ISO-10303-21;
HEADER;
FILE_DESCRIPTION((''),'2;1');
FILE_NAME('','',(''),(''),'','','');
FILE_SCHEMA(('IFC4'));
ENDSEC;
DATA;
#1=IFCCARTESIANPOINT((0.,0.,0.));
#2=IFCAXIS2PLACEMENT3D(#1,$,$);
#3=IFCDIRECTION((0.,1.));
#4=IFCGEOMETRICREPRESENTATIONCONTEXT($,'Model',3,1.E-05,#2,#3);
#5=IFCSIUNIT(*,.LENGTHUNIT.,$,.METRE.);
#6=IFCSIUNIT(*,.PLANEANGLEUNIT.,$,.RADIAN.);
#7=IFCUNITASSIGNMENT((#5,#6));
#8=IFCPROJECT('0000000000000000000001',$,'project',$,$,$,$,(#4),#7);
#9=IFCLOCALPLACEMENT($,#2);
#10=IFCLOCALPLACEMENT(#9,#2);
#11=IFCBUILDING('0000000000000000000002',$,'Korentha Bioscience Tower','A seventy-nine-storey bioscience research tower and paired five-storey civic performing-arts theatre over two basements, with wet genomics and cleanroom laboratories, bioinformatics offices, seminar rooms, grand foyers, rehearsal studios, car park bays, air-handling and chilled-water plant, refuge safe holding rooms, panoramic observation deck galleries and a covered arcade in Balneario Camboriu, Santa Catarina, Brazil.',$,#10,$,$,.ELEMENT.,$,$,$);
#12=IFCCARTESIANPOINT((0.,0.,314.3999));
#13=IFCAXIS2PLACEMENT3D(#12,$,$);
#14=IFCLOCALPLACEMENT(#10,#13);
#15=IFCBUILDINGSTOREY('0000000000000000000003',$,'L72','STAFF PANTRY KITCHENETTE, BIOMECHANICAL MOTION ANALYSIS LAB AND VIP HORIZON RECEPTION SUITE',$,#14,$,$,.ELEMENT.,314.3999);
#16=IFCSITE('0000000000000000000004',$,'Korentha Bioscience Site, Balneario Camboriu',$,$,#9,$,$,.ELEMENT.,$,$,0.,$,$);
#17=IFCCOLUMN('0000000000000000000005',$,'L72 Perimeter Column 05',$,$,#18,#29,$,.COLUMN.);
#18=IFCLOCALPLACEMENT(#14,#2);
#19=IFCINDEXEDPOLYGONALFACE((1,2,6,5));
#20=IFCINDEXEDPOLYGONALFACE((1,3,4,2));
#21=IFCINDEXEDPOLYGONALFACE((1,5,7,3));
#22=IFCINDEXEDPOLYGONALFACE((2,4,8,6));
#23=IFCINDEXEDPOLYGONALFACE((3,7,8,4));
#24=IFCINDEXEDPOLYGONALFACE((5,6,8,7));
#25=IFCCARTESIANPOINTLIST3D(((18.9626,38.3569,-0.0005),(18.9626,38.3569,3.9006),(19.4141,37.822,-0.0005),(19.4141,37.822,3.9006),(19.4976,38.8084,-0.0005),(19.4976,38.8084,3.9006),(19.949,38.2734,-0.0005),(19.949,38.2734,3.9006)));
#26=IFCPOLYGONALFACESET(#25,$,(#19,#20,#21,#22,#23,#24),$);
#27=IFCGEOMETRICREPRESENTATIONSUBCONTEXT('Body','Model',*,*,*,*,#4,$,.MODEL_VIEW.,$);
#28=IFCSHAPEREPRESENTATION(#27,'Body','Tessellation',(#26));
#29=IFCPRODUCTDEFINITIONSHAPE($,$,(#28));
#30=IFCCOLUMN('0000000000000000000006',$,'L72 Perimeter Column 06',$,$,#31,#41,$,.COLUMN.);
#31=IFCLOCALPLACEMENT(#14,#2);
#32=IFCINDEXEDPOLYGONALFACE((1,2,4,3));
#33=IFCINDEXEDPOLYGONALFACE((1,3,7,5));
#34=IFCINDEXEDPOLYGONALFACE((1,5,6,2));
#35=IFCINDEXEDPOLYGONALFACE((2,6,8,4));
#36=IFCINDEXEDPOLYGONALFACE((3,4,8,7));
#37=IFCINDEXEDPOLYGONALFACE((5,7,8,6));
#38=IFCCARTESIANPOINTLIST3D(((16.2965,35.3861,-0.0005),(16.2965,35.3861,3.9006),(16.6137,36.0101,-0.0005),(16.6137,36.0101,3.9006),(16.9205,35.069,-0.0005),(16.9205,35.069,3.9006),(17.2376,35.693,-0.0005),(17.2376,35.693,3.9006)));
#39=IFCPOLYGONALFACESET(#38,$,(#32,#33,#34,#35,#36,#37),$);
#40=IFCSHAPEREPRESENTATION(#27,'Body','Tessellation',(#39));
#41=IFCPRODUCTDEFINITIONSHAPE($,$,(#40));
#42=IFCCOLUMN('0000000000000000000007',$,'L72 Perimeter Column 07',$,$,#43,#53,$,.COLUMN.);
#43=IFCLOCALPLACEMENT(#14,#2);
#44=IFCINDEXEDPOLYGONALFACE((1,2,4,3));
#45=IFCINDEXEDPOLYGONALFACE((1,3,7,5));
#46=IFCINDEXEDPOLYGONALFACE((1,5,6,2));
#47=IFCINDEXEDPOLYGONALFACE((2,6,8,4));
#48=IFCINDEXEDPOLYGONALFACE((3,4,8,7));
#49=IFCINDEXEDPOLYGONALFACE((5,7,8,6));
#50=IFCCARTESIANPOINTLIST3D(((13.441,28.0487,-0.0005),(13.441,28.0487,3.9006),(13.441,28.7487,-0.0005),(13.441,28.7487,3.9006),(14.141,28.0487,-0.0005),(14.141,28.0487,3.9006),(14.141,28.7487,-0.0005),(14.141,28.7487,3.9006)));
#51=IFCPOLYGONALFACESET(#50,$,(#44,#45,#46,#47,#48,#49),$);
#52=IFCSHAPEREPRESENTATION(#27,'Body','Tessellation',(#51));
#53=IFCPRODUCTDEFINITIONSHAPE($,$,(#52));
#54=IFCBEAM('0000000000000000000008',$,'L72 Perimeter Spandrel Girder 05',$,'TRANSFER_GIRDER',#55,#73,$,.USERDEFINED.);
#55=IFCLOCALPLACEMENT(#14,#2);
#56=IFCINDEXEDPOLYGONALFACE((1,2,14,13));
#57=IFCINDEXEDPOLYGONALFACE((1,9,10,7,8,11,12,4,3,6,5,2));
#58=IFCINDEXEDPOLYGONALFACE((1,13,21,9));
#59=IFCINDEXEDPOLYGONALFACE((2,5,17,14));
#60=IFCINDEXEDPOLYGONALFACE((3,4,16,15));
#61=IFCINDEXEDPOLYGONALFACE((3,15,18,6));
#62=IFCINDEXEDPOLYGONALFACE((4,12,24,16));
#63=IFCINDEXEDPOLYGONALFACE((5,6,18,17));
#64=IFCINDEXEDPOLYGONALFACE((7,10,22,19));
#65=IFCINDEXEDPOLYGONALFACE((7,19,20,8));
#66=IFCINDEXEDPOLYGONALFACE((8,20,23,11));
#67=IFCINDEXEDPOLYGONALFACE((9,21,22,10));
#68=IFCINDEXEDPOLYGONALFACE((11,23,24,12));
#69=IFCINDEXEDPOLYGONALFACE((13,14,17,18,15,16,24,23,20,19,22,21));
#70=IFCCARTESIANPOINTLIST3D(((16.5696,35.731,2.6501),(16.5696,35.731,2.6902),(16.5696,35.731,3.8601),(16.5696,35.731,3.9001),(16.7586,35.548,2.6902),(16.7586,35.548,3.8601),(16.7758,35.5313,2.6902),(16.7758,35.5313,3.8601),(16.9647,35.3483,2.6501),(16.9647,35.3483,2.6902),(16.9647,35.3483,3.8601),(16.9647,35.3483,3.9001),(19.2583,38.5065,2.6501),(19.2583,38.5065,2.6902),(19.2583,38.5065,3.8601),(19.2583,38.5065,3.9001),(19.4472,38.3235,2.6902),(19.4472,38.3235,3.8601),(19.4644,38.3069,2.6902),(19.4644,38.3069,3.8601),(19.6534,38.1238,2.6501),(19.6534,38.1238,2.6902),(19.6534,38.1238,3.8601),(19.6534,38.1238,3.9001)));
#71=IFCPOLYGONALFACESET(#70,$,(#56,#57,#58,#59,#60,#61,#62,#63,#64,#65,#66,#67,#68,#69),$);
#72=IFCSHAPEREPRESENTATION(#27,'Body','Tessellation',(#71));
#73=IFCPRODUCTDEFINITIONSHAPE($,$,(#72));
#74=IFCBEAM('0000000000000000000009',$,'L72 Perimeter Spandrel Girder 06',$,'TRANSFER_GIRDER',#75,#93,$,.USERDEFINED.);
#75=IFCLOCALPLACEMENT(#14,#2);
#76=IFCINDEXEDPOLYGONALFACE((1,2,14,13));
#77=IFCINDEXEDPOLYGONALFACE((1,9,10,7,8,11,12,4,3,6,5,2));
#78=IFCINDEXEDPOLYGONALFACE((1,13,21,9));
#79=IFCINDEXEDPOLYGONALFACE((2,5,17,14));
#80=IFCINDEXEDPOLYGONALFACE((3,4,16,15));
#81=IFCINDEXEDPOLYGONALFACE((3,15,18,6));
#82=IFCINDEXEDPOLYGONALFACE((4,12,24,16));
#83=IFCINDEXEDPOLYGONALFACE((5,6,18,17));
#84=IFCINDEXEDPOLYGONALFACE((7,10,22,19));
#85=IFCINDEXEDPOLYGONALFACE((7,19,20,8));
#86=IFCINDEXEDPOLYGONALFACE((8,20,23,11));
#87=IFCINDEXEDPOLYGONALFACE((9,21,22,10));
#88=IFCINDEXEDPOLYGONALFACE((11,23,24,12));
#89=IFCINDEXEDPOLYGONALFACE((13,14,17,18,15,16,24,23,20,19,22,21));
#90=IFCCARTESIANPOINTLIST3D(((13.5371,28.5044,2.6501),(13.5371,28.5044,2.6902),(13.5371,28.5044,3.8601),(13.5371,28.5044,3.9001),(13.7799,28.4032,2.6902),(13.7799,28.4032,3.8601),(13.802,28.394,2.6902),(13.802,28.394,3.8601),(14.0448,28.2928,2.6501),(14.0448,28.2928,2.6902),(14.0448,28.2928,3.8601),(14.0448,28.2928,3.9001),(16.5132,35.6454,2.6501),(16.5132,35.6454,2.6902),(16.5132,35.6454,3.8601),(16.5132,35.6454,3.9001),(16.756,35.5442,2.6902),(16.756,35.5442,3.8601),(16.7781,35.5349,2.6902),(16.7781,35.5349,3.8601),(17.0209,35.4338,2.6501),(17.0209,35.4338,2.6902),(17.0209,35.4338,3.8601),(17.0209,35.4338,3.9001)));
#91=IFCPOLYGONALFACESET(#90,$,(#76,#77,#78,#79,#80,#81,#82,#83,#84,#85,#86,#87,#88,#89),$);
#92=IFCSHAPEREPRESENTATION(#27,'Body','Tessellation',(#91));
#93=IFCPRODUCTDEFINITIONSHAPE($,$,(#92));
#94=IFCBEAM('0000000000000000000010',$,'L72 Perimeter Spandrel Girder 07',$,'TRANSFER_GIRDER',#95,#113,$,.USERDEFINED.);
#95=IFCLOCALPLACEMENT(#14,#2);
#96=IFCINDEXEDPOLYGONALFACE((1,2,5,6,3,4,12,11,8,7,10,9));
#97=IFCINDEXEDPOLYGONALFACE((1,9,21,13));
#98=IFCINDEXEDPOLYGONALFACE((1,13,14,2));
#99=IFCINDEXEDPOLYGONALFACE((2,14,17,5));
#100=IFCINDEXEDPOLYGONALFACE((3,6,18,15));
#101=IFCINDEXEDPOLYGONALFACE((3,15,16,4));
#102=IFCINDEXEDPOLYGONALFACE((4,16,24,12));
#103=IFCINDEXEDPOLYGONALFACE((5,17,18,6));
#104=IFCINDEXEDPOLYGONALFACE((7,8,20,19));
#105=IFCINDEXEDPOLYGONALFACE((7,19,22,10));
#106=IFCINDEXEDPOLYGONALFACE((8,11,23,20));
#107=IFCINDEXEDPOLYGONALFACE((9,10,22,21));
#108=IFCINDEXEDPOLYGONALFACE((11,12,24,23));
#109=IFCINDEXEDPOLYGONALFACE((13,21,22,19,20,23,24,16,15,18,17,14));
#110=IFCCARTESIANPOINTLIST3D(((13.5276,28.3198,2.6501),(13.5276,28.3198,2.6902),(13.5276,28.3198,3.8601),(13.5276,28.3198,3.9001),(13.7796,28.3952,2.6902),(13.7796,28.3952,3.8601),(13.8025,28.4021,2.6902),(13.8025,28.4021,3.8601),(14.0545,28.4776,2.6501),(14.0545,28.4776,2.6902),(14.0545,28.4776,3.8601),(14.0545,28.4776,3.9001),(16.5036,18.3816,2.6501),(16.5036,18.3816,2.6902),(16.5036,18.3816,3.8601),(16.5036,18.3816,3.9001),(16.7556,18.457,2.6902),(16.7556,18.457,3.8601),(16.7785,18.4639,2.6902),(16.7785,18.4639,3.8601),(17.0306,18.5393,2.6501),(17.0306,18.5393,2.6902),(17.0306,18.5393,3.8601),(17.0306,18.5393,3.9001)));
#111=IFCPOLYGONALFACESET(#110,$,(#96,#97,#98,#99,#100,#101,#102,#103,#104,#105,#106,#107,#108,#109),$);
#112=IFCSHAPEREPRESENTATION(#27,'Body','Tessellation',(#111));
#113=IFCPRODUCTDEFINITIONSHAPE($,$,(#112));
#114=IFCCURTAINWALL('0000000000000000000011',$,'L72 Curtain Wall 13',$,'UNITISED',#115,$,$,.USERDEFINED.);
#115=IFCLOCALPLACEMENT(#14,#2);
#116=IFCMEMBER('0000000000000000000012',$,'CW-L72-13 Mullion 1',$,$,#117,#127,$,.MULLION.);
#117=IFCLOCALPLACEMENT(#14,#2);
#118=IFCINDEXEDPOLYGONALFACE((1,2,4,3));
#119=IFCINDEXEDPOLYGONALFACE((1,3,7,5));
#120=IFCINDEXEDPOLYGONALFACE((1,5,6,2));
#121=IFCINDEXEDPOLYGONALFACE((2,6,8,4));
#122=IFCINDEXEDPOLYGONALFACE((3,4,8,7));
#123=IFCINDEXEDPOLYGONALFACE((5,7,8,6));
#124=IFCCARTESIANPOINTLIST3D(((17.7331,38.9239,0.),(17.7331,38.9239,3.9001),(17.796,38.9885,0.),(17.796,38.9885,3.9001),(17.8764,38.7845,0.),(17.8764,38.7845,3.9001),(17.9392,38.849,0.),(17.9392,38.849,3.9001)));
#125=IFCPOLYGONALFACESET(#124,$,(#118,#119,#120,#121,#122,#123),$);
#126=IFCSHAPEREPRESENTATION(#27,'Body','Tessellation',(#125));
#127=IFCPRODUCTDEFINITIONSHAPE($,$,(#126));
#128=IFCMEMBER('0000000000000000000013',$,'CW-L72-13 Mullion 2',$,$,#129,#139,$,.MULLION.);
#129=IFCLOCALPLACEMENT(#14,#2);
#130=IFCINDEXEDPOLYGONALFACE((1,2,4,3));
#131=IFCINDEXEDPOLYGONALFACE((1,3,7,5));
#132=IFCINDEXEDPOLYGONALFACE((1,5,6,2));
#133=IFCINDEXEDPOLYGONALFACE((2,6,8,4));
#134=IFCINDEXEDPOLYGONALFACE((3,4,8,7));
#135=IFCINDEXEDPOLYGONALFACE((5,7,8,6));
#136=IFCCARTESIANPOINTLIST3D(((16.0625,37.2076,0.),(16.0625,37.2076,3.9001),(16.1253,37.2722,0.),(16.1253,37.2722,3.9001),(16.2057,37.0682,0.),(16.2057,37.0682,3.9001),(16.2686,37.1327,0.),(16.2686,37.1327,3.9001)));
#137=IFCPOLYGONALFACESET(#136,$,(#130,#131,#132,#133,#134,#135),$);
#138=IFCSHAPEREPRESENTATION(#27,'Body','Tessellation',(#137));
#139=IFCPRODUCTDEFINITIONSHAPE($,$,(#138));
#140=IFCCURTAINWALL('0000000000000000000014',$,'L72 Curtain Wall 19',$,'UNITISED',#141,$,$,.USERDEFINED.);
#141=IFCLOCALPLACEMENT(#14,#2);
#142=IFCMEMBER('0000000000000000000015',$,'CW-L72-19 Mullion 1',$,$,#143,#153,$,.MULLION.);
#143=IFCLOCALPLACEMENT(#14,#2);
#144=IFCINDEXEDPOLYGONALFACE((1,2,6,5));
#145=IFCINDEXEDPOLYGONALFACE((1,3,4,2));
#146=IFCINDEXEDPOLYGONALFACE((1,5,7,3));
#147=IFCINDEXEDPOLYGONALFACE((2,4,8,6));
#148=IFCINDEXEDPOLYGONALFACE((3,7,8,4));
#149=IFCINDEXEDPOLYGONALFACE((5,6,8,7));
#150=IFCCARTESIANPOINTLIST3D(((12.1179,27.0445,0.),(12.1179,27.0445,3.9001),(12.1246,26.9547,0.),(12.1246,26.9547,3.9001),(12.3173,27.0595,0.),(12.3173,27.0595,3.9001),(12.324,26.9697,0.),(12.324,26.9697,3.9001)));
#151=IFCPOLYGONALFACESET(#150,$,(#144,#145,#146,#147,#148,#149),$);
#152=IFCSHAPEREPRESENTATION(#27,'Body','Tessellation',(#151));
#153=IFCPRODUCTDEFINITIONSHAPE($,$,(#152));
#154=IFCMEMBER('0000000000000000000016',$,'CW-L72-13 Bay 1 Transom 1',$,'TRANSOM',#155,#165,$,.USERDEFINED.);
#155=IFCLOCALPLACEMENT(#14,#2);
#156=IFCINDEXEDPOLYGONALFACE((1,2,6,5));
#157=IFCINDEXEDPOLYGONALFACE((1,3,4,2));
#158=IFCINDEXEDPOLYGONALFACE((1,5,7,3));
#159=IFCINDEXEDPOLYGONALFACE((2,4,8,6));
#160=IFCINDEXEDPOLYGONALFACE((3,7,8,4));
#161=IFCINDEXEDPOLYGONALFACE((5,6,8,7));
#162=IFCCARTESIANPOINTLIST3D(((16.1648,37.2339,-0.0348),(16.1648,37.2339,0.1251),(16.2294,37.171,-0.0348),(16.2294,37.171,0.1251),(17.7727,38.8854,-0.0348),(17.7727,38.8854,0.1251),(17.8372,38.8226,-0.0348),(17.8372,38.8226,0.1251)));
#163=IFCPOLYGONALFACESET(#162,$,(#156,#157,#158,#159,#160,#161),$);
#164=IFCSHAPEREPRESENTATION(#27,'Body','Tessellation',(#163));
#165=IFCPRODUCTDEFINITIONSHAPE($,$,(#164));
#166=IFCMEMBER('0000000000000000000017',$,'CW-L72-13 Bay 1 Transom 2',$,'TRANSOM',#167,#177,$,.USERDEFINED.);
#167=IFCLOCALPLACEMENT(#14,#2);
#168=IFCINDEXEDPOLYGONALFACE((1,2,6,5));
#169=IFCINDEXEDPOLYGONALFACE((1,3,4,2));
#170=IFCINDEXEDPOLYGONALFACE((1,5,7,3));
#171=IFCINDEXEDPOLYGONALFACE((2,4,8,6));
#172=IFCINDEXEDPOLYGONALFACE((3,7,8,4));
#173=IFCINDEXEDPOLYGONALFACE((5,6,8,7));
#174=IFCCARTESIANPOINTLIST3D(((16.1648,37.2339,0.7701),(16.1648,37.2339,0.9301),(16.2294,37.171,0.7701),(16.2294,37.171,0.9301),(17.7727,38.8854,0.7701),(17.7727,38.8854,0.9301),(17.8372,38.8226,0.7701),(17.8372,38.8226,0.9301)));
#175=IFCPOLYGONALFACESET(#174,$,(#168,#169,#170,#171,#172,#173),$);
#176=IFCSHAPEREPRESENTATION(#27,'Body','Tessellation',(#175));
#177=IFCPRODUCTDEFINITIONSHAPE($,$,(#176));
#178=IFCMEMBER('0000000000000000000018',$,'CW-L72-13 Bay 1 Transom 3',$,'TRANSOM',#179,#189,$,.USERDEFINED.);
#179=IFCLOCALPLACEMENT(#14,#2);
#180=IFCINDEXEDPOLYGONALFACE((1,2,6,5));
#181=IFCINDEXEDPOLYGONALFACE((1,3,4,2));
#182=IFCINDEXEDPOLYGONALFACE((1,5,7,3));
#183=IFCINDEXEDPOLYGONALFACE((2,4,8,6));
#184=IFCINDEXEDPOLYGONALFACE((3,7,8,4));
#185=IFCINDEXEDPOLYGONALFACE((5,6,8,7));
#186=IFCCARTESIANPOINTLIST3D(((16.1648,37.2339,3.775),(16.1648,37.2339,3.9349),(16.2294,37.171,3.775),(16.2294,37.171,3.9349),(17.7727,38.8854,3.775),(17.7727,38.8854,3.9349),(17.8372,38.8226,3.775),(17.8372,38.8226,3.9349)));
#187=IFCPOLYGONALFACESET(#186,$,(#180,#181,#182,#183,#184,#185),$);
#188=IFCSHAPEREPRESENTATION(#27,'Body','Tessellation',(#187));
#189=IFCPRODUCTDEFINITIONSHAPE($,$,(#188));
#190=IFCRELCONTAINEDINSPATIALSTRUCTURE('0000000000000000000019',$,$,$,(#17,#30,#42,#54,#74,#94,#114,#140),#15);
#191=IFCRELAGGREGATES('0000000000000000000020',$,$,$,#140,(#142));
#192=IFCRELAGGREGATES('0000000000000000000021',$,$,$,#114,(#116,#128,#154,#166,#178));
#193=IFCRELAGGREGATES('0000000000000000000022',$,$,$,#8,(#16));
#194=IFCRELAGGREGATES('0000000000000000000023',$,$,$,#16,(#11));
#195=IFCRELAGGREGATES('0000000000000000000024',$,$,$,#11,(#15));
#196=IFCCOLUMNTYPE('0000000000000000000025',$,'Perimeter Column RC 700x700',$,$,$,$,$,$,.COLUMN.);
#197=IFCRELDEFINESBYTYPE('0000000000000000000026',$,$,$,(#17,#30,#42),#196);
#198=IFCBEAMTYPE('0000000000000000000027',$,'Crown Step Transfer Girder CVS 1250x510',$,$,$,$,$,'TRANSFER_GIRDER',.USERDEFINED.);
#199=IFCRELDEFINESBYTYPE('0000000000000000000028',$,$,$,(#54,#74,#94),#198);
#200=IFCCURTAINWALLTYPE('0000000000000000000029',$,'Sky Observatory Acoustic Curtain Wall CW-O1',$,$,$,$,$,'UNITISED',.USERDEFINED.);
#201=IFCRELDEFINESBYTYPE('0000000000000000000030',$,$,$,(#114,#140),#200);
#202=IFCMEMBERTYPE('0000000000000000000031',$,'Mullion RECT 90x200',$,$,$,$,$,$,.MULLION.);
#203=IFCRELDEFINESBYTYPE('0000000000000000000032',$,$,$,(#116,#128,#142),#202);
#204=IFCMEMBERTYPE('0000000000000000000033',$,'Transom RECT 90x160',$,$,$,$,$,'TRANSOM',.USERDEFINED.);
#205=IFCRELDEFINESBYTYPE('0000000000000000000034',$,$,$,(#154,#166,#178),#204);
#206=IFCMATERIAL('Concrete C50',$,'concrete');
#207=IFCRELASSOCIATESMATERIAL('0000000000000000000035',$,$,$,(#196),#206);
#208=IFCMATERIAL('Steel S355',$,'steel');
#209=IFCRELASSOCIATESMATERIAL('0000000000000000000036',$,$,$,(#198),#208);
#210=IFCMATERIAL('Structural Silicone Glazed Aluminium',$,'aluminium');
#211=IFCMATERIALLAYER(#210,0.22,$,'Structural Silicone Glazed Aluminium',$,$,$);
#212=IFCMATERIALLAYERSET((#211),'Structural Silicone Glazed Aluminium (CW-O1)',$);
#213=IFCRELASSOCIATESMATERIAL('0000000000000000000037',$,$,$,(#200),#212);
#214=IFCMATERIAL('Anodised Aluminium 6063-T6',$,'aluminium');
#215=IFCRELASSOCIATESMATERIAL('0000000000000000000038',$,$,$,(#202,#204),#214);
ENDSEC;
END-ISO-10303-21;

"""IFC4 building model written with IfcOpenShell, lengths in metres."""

from ifc_helpers import new_model, si_unit, direction, frame, origin, origin_2d, place, context, subcontext, project, spatial, rectangle, i_section, extrude, material, layer, layer_set, material_profile, profile_set, type_object, element, aggregate, save


model = new_model("IFC4")

# Units and contexts
model_context = context("Model", 3, precision=1e-05, world=origin(), true_north=direction((0.0, 1.0)))
body_context = subcontext(model_context, "Body", "Model", "MODEL_VIEW")
ifc_project = project(units=[si_unit("LENGTHUNIT", "METRE"), si_unit("PLANEANGLEUNIT", "RADIAN")], contexts=[model_context])

# Site, building, storey
site_placement = place(None, origin())
site = spatial("IfcSite", under=ifc_project, at=site_placement, Name="Korentha Bioscience Site, Balneario Camboriu", CompositionType="ELEMENT", RefElevation=0.0)
building_placement = place(site_placement, origin())
building = spatial("IfcBuilding", under=site, at=building_placement, Name="Korentha Bioscience Tower", Description="A seventy-nine-storey bioscience research tower and paired five-storey civic performing-arts theatre over two basements, with wet genomics and cleanroom laboratories, bioinformatics offices, seminar rooms, grand foyers, rehearsal studios, car park bays, air-handling and chilled-water plant, refuge safe holding rooms, panoramic observation deck galleries and a covered arcade in Balneario Camboriu, Santa Catarina, Brazil.", CompositionType="ELEMENT")
storey_placement = place(building_placement, frame((0.0, 0.0, 314.3999)))
storey = spatial("IfcBuildingStorey", under=building, at=storey_placement, Name="L72", Description="STAFF PANTRY KITCHENETTE, BIOMECHANICAL MOTION ANALYSIS LAB AND VIP HORIZON RECEPTION SUITE", CompositionType="ELEMENT", Elevation=314.3999)

# Columns
ifc_material_1 = material(Name="Concrete C50", Category="concrete")
ifc_material_profile_1 = material_profile(ifc_material_1, rectangle(XDim=0.7, YDim=0.7, at=origin_2d()), Name="Concrete C50")
ifc_profile_set_1 = profile_set([ifc_material_profile_1], Name="Concrete C50 (COL-P07)")
column_type = type_object("IfcColumnType", Name="Perimeter Column RC 700x700", PredefinedType="COLUMN", material=ifc_profile_set_1)
for number, where, z_axis, x_axis, name in (
    (1, (19.4558, 38.3152, -0.0005), (0.0, 0.0, 1.0), (0.764246, 0.644924, 0.0), "L72 Perimeter Column 05"),
    (2, (16.7671, 35.5396, -0.0005), (0.0, 0.0, 1.0), (0.453057, 0.891481, 0.0), "L72 Perimeter Column 06"),
    (3, (13.791, 28.3987, -0.0005), (0.0, 0.0, 1.0), (0.0, 1.0, 0.0), "L72 Perimeter Column 07"),
):
    element("IfcColumn", number, at=place(storey_placement, frame(where, z_axis=z_axis, x_axis=x_axis)), inside=storey, type_object=column_type, Name=name, PredefinedType="COLUMN", context=body_context, shape_type="SweptSolid", body=[
        extrude(rectangle(XDim=0.7, YDim=0.7, at=origin_2d()), origin(), (0.0, 0.0, 1.0), 3.9011),
    ])

# Beams
ifc_material_2 = material(Name="Steel S355", Category="steel")
ifc_material_profile_2 = material_profile(ifc_material_2, i_section(OverallWidth=0.55, OverallDepth=1.25, WebThickness=0.0239, FlangeThickness=0.04, at=origin_2d()), Name="Steel S355")
ifc_profile_set_2 = profile_set([ifc_material_profile_2], Name="Steel S355 (TG-03)")
beam_type = type_object("IfcBeamType", Name="Crown Step Transfer Girder CVS 1250x510", ElementType="TRANSFER_GIRDER", PredefinedType="USERDEFINED", material=ifc_profile_set_2)
beam_1_placement = place(storey_placement, frame((19.4558, 38.3152, 3.2751), z_axis=(-0.695772, -0.718263, 0.0), x_axis=(0.718263, -0.695772, 0.0)))
element("IfcBeam", 4, at=beam_1_placement, inside=storey, type_object=beam_type, Name="L72 Perimeter Spandrel Girder 05", ObjectType="TRANSFER_GIRDER", PredefinedType="USERDEFINED", context=body_context, shape_type="SweptSolid", body=[
    extrude(i_section(OverallWidth=0.55, OverallDepth=1.25, WebThickness=0.0239, FlangeThickness=0.04, at=origin_2d()), origin(), (0.0, 0.0, 1.0), 3.8643),
])
beam_2_placement = place(storey_placement, frame((16.7671, 35.5396, 3.2751), z_axis=(-0.384694, -0.923044, 0.0), x_axis=(0.923044, -0.384694, 0.0)))
element("IfcBeam", 5, at=beam_2_placement, inside=storey, type_object=beam_type, Name="L72 Perimeter Spandrel Girder 06", ObjectType="TRANSFER_GIRDER", PredefinedType="USERDEFINED", context=body_context, shape_type="SweptSolid", body=[
    extrude(i_section(OverallWidth=0.55, OverallDepth=1.25, WebThickness=0.0239, FlangeThickness=0.04, at=origin_2d()), origin(), (0.0, 0.0, 1.0), 7.7363),
])
beam_3_placement = place(storey_placement, frame((13.791, 28.3987, 3.2751), z_axis=(0.286871, -0.957969, 0.0), x_axis=(0.957969, 0.286871, 0.0)))
element("IfcBeam", 6, at=beam_3_placement, inside=storey, type_object=beam_type, Name="L72 Perimeter Spandrel Girder 07", ObjectType="TRANSFER_GIRDER", PredefinedType="USERDEFINED", context=body_context, shape_type="SweptSolid", body=[
    extrude(i_section(OverallWidth=0.55, OverallDepth=1.25, WebThickness=0.0239, FlangeThickness=0.04, at=origin_2d()), origin(), (0.0, 0.0, 1.0), 10.3743),
])

# Curtain wall, members
ifc_material_3 = material(Name="Structural Silicone Glazed Aluminium", Category="aluminium")
ifc_layer_1 = layer(ifc_material_3, 0.22, Name="Structural Silicone Glazed Aluminium")
ifc_layer_set_1 = layer_set([ifc_layer_1], Name="Structural Silicone Glazed Aluminium (CW-O1)")
curtain_wall_type = type_object("IfcCurtainWallType", Name="Sky Observatory Acoustic Curtain Wall CW-O1", ElementType="UNITISED", PredefinedType="USERDEFINED", material=ifc_layer_set_1)
curtain_wall_1_placement = place(storey_placement, origin())
curtain_wall_1 = element("IfcCurtainWall", 7, at=curtain_wall_1_placement, inside=storey, type_object=curtain_wall_type, Name="L72 Curtain Wall 13", ObjectType="UNITISED", PredefinedType="USERDEFINED")
ifc_material_4 = material(Name="Anodised Aluminium 6063-T6", Category="aluminium")
ifc_material_profile_3 = material_profile(ifc_material_4, rectangle(XDim=0.0901, YDim=0.2, at=origin_2d()), Name="Anodised Aluminium 6063-T6")
ifc_profile_set_3 = profile_set([ifc_material_profile_3], Name="Anodised Aluminium 6063-T6 (CW-MUL)")
member_type_1 = type_object("IfcMemberType", Name="Mullion RECT 90x200", PredefinedType="MULLION", material=ifc_profile_set_3)
member_1_placement = place(storey_placement, frame((17.8362, 38.8865, 0.0), z_axis=(0.0, 0.0, 1.0), x_axis=(-0.697567, -0.716519, 0.0)))
member_1 = element("IfcMember", 8, at=member_1_placement, type_object=member_type_1, Name="CW-L72-13 Mullion 1", PredefinedType="MULLION", context=body_context, shape_type="SweptSolid", body=[
    extrude(rectangle(XDim=0.0901, YDim=0.2, at=origin_2d()), origin(), (0.0, 0.0, 1.0), 3.9001),
])
member_2_placement = place(storey_placement, frame((16.1655, 37.1702, 0.0), z_axis=(0.0, 0.0, 1.0), x_axis=(-0.697567, -0.716519, 0.0)))
member_2 = element("IfcMember", 9, at=member_2_placement, type_object=member_type_1, Name="CW-L72-13 Mullion 2", PredefinedType="MULLION", context=body_context, shape_type="SweptSolid", body=[
    extrude(rectangle(XDim=0.0901, YDim=0.2, at=origin_2d()), origin(), (0.0, 0.0, 1.0), 3.9001),
])

# Curtain wall, member
curtain_wall_2_placement = place(storey_placement, origin())
curtain_wall_2 = element("IfcCurtainWall", 10, at=curtain_wall_2_placement, inside=storey, type_object=curtain_wall_type, Name="L72 Curtain Wall 19", ObjectType="UNITISED", PredefinedType="USERDEFINED")
member_3_placement = place(storey_placement, frame((12.2209, 27.0071, 0.0), z_axis=(0.0, 0.0, 1.0), x_axis=(0.075073, -0.997178, 0.0)))
member_3 = element("IfcMember", 11, at=member_3_placement, type_object=member_type_1, Name="CW-L72-19 Mullion 1", PredefinedType="MULLION", context=body_context, shape_type="SweptSolid", body=[
    extrude(rectangle(XDim=0.0901, YDim=0.2, at=origin_2d()), origin(), (0.0, 0.0, 1.0), 3.9001),
])

# Members
ifc_material_profile_4 = material_profile(ifc_material_4, rectangle(XDim=0.0901, YDim=0.1599, at=origin_2d()), Name="Anodised Aluminium 6063-T6")
ifc_profile_set_4 = profile_set([ifc_material_profile_4], Name="Anodised Aluminium 6063-T6 (CW-TRN)")
member_type_2 = type_object("IfcMemberType", Name="Transom RECT 90x160", ElementType="TRANSOM", PredefinedType="USERDEFINED", material=ifc_profile_set_4)
member_4_placement = place(storey_placement, frame((17.8049, 38.854, 0.0452), z_axis=(-0.697564, -0.716523, 0.0), x_axis=(0.716523, -0.697564, 0.0)))
member_4 = element("IfcMember", 12, at=member_4_placement, type_object=member_type_2, Name="CW-L72-13 Bay 1 Transom 1", ObjectType="TRANSOM", PredefinedType="USERDEFINED", context=body_context, shape_type="SweptSolid", body=[
    extrude(rectangle(XDim=0.0901, YDim=0.1599, at=origin_2d()), origin(), (0.0, 0.0, 1.0), 2.3049),
])
member_5_placement = place(storey_placement, frame((17.8049, 38.854, 0.8501), z_axis=(-0.697564, -0.716523, 0.0), x_axis=(0.716523, -0.697564, 0.0)))
member_5 = element("IfcMember", 13, at=member_5_placement, type_object=member_type_2, Name="CW-L72-13 Bay 1 Transom 2", ObjectType="TRANSOM", PredefinedType="USERDEFINED", context=body_context, shape_type="SweptSolid", body=[
    extrude(rectangle(XDim=0.0901, YDim=0.1599, at=origin_2d()), origin(), (0.0, 0.0, 1.0), 2.3049),
])
member_6_placement = place(storey_placement, frame((17.8049, 38.854, 3.855), z_axis=(-0.697564, -0.716523, 0.0), x_axis=(0.716523, -0.697564, 0.0)))
member_6 = element("IfcMember", 14, at=member_6_placement, type_object=member_type_2, Name="CW-L72-13 Bay 1 Transom 3", ObjectType="TRANSOM", PredefinedType="USERDEFINED", context=body_context, shape_type="SweptSolid", body=[
    extrude(rectangle(XDim=0.0901, YDim=0.1599, at=origin_2d()), origin(), (0.0, 0.0, 1.0), 2.3049),
])
aggregate(curtain_wall_2, [member_3])

aggregate(curtain_wall_1, [member_1, member_2, member_4, member_5, member_6])

save(model, "model.ifc")
